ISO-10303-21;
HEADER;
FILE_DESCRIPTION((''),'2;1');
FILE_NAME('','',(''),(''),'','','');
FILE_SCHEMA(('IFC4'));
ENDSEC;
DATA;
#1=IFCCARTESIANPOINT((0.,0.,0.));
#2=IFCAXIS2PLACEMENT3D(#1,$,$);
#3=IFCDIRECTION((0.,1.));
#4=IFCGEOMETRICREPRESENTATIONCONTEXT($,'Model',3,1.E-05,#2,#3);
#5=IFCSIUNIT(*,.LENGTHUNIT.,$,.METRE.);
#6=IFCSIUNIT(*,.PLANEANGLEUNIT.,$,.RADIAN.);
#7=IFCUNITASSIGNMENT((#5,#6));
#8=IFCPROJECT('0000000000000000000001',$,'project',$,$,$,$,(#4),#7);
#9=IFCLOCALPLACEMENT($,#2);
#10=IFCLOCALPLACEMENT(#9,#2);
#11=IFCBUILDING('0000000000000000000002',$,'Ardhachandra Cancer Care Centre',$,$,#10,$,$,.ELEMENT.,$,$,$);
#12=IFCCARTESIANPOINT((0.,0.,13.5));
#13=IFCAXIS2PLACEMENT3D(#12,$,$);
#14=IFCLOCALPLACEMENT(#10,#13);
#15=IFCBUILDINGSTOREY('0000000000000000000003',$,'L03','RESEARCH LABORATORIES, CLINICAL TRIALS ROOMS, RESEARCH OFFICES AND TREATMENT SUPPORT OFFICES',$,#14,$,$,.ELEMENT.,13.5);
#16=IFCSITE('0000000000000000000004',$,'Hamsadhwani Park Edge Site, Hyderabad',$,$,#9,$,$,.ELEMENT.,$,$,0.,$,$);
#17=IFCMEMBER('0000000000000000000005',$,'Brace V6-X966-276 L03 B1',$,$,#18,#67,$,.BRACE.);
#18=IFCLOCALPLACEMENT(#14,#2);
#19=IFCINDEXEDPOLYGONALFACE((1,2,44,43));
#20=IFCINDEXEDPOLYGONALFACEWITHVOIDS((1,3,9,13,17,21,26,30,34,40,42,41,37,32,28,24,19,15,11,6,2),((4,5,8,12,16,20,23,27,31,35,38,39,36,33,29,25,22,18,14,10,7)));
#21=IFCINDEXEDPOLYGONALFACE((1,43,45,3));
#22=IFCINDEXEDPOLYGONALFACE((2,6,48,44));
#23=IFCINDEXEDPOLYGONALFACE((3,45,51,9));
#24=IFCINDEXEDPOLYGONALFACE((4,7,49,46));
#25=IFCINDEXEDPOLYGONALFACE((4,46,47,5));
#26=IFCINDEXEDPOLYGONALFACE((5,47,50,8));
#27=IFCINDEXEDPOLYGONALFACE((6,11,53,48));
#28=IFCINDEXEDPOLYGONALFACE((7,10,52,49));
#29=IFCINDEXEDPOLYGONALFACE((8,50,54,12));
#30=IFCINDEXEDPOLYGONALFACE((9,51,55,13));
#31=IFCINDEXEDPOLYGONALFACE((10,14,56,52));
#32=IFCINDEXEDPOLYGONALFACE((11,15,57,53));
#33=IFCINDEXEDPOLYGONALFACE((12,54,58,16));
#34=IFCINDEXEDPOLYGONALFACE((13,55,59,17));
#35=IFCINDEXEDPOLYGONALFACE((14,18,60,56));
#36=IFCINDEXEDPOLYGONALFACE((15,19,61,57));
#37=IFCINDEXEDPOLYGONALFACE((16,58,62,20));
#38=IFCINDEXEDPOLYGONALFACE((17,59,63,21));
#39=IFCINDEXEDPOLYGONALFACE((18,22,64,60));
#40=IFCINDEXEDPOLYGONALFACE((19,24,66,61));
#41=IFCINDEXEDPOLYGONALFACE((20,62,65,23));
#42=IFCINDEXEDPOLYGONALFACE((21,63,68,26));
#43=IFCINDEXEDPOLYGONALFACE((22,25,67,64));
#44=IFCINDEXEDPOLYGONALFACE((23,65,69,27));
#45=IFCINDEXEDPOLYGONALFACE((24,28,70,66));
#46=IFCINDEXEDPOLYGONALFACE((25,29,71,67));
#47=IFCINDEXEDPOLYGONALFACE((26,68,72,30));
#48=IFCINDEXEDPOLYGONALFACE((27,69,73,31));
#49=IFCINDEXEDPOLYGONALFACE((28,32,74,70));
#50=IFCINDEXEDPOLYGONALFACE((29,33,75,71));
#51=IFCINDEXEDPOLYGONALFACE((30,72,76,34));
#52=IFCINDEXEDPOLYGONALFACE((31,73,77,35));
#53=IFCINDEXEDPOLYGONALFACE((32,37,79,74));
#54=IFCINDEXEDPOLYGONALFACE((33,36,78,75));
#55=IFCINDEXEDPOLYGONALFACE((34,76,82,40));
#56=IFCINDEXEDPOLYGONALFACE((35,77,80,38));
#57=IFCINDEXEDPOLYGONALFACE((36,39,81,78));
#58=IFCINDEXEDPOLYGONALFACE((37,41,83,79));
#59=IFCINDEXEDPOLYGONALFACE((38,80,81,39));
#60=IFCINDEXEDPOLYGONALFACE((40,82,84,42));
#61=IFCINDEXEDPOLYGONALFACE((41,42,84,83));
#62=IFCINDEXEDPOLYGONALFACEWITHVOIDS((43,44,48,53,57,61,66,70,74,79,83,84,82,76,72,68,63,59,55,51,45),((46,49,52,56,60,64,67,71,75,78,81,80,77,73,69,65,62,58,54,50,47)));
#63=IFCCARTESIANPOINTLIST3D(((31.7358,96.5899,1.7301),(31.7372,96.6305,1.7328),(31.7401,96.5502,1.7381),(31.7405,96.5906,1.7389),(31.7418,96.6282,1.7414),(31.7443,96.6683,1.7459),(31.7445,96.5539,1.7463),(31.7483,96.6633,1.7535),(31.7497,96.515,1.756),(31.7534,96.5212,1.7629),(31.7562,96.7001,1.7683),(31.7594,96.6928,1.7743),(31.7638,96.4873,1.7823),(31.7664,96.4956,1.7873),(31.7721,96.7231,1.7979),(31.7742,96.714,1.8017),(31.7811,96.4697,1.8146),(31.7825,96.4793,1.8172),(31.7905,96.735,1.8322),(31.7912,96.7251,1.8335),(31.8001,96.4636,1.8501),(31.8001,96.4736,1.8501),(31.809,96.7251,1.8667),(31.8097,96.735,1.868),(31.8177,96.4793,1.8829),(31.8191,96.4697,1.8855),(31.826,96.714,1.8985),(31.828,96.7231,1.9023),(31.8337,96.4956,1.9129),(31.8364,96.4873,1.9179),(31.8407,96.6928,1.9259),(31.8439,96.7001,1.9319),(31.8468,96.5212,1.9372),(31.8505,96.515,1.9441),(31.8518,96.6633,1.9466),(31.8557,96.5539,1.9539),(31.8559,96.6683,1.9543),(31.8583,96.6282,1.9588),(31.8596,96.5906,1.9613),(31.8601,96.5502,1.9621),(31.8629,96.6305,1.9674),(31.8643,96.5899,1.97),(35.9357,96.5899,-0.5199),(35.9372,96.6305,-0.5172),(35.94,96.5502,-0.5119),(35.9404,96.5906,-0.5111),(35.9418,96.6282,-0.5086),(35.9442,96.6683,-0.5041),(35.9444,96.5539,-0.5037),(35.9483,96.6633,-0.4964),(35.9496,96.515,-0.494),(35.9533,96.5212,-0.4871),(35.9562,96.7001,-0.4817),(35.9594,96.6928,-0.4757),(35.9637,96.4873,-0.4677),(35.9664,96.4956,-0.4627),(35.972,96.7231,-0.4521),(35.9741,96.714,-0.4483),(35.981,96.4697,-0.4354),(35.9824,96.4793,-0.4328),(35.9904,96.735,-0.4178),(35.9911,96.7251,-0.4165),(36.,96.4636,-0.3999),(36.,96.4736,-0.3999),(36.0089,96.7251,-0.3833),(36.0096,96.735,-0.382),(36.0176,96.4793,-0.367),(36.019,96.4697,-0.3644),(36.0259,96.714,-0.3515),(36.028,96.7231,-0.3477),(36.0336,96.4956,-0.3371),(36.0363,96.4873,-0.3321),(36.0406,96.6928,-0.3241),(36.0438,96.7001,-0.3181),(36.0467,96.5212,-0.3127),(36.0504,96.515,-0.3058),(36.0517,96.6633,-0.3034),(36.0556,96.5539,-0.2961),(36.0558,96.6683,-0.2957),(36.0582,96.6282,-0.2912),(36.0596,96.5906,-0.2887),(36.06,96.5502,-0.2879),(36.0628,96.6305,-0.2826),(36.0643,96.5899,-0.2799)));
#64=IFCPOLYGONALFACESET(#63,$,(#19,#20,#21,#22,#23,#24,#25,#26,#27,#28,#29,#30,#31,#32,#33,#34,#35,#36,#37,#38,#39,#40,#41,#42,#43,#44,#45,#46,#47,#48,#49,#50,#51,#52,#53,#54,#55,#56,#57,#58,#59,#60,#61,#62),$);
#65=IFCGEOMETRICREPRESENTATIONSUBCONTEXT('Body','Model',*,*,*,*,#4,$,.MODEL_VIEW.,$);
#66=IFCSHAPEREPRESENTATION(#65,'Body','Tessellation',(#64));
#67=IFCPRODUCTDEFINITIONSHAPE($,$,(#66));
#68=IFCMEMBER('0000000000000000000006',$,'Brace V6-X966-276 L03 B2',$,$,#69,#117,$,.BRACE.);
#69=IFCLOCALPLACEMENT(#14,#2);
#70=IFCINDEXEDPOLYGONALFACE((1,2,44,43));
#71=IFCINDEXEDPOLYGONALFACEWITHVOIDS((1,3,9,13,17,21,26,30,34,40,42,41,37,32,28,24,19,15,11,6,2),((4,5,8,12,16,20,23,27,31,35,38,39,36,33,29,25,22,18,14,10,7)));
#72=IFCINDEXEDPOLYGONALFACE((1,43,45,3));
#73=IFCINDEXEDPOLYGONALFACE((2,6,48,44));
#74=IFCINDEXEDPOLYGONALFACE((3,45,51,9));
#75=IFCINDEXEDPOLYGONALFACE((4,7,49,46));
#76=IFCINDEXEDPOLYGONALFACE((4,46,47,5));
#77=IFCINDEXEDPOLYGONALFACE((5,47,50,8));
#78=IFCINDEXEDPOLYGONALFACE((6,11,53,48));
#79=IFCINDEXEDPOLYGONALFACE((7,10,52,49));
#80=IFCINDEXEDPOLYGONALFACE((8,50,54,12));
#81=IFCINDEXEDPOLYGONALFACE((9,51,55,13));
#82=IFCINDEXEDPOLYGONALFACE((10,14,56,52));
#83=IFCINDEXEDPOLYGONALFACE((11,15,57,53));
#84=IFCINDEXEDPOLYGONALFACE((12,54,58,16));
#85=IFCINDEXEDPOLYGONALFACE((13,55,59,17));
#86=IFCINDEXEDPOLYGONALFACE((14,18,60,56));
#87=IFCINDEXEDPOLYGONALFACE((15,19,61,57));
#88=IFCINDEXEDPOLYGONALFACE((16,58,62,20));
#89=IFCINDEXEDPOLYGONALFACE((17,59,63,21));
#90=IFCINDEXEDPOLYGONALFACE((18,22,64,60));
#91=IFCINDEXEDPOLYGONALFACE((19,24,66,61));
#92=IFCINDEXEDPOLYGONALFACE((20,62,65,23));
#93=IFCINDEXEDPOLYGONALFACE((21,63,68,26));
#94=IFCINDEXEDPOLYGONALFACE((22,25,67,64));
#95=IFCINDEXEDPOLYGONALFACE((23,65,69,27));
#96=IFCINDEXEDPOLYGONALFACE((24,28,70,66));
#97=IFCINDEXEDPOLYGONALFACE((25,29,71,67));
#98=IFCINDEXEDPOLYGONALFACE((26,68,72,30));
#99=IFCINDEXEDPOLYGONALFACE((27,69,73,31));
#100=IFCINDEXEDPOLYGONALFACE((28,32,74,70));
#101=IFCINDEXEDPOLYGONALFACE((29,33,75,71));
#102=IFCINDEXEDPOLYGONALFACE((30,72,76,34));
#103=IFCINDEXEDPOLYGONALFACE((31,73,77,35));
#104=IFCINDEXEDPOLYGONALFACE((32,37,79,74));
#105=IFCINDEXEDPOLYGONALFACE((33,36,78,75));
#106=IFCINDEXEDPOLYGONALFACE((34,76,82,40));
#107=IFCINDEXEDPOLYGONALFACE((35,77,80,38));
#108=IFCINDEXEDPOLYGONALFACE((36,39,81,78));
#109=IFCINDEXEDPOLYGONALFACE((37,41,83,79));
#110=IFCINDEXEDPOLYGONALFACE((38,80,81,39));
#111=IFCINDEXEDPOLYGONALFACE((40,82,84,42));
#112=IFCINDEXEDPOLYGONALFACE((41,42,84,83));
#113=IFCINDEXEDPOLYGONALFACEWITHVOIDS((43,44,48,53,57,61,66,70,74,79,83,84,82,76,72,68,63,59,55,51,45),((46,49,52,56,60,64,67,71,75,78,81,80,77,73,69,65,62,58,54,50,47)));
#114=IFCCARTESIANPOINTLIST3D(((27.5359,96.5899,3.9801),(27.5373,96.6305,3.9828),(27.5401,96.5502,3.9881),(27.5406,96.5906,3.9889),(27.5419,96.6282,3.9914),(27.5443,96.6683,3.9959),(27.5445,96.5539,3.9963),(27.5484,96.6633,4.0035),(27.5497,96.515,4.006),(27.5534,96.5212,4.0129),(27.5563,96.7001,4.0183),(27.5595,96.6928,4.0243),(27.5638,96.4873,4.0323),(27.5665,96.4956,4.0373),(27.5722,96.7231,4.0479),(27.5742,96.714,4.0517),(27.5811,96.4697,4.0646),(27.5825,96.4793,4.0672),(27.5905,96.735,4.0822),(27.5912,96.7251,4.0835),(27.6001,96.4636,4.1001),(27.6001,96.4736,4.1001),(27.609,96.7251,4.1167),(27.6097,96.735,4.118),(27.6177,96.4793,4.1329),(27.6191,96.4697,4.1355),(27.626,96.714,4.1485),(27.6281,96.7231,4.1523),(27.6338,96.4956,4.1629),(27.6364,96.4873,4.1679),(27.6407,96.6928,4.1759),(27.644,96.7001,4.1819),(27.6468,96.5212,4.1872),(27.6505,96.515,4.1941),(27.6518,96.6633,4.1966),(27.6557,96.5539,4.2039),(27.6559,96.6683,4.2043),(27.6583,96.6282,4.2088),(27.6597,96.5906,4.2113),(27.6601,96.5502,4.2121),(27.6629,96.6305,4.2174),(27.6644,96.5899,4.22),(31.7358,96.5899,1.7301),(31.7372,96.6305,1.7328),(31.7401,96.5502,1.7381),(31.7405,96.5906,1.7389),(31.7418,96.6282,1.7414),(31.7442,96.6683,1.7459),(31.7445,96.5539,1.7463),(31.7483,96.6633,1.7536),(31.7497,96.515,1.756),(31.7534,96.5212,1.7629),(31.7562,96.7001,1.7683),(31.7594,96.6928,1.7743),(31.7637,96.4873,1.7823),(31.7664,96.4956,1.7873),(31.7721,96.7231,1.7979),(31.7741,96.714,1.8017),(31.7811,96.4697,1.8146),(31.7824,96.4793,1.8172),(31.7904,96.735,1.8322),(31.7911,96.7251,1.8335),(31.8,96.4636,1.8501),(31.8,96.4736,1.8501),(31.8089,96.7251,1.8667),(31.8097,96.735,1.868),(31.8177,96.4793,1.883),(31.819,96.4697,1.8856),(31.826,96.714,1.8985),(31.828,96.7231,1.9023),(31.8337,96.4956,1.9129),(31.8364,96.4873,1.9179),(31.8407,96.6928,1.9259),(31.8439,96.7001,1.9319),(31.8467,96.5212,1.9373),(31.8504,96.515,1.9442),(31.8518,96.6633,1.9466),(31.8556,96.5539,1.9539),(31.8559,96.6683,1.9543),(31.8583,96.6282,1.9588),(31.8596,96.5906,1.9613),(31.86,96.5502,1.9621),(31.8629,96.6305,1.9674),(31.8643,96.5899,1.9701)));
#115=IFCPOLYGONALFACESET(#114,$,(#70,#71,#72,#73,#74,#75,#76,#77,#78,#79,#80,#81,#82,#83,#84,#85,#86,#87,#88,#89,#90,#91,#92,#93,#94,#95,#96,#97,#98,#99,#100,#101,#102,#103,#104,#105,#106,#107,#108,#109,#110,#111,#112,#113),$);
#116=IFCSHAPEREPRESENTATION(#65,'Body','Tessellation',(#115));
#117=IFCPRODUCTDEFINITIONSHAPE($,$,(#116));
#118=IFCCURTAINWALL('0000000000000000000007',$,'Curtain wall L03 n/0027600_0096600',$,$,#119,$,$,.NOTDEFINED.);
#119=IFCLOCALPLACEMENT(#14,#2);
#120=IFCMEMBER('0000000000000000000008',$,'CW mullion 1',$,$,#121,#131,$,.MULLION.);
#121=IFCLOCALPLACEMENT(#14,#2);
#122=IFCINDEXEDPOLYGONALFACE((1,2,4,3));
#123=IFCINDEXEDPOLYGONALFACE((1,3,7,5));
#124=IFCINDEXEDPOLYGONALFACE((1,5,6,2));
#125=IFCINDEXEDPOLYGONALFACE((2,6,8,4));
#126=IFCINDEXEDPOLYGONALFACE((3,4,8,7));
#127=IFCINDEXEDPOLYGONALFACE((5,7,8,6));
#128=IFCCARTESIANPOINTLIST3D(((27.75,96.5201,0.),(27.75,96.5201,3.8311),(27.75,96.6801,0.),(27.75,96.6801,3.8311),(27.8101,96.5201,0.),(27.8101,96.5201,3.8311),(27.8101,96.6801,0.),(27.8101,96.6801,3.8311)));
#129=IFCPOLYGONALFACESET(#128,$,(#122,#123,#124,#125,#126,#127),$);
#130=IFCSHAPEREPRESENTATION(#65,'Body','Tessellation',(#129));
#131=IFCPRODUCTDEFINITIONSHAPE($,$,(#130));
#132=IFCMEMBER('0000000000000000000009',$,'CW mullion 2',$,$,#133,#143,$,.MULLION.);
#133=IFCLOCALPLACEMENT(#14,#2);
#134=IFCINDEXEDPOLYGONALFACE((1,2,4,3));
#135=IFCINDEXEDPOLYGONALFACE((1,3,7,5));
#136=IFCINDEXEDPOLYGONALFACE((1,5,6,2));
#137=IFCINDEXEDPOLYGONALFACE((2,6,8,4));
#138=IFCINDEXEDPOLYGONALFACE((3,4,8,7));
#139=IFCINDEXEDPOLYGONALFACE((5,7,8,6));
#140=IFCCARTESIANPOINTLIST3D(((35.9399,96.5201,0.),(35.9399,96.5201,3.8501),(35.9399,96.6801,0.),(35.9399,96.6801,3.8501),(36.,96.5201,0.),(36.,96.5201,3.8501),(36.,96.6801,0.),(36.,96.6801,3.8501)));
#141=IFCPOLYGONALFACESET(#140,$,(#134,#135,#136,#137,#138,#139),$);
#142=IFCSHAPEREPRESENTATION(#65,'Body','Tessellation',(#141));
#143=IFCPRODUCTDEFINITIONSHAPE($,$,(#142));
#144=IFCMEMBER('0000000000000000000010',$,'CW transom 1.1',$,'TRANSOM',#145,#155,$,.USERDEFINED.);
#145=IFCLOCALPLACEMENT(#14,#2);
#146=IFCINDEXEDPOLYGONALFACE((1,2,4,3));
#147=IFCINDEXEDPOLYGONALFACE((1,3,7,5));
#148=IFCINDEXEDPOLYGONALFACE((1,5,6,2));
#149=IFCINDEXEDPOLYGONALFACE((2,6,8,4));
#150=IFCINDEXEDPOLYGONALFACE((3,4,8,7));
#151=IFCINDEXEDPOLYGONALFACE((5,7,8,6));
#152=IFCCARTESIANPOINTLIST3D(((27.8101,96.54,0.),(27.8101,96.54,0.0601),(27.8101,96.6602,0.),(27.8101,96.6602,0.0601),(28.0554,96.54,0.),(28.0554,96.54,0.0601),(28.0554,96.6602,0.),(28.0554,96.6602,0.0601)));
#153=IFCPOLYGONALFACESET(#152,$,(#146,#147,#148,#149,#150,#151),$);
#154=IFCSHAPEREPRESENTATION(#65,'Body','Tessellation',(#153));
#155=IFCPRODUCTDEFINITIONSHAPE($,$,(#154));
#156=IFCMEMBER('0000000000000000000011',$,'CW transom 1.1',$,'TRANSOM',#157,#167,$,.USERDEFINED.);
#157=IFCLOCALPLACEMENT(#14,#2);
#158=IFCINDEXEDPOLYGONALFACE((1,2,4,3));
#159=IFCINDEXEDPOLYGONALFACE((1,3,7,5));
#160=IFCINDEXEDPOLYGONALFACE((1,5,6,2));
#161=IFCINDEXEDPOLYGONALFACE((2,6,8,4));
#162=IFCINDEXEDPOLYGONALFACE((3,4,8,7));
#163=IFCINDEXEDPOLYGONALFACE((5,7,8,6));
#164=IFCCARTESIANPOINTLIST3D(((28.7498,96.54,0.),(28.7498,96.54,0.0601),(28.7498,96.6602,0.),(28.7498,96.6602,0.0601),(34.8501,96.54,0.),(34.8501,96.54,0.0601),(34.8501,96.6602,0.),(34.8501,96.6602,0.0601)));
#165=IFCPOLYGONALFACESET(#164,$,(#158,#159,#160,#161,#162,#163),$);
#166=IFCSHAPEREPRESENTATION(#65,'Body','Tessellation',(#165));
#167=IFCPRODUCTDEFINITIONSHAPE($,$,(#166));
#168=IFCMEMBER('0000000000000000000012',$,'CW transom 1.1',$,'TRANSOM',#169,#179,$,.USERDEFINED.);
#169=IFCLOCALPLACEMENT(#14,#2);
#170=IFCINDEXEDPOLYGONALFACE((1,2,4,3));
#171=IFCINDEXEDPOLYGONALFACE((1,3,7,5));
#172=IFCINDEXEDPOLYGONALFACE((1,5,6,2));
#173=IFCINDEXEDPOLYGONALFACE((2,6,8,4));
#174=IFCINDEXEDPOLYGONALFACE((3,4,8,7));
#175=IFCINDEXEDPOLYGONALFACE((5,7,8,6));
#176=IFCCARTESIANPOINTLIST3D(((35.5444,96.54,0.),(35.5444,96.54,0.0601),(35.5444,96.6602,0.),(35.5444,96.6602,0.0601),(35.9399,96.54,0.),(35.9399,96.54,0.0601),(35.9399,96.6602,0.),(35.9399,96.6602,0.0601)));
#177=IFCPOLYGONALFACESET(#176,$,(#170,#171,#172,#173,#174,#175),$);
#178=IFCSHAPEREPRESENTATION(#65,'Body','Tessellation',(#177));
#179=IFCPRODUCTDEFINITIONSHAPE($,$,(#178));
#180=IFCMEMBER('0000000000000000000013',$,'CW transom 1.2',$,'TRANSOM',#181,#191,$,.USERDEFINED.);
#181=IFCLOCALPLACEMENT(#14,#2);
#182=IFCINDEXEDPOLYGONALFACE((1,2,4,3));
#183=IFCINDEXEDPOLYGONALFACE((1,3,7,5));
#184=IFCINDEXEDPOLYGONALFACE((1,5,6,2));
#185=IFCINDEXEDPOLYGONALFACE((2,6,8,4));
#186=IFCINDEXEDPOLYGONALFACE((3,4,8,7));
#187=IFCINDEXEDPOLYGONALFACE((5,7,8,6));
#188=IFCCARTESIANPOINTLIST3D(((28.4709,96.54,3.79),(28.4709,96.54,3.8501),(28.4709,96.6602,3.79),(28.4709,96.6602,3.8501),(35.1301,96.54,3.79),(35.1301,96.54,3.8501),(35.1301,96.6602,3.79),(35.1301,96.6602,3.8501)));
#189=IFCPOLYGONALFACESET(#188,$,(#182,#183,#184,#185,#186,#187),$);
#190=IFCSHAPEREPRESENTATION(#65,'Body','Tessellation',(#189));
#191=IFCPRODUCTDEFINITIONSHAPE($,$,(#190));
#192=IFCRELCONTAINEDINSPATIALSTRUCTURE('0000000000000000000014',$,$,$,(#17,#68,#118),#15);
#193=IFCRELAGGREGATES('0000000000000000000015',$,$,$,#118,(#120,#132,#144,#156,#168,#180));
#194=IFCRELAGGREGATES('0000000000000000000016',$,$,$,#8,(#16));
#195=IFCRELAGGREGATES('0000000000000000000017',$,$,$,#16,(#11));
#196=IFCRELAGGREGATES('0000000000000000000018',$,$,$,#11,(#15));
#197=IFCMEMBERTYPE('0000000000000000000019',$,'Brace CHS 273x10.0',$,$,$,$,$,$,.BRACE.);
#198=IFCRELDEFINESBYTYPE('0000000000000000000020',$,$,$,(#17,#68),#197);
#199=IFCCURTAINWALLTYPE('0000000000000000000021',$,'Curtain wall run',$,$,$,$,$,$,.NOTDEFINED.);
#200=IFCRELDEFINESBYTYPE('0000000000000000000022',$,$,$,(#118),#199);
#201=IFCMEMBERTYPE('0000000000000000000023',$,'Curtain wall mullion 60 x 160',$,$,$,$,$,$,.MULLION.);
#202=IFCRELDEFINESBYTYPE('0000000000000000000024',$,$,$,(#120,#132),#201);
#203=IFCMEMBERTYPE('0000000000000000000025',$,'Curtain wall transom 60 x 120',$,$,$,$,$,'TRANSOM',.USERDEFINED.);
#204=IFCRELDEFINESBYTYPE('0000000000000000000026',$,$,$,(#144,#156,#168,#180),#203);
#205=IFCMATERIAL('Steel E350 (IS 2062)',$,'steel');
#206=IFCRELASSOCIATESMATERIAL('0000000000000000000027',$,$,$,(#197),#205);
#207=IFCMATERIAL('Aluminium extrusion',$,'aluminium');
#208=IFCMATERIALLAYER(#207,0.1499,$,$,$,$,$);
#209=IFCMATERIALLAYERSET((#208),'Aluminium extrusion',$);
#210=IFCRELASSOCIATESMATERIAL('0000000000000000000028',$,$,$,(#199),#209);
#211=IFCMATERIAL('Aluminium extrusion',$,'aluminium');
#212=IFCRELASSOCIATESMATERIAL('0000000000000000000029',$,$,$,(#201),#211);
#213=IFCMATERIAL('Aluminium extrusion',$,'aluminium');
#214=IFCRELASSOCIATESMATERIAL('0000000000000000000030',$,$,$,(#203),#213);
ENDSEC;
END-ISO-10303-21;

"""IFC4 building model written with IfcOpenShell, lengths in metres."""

from ifc_helpers import new_model, si_unit, direction, frame, origin, origin_2d, place, context, subcontext, project, spatial, rectangle, hollow_circle, extrude, material, layer, layer_set, material_profile, profile_set, type_object, element, aggregate, save


model = new_model("IFC4")

# Units and contexts
model_context = context("Model", 3, precision=1e-05, world=origin(), true_north=direction((0.0, 1.0)))
body_context = subcontext(model_context, "Body", "Model", "MODEL_VIEW")
ifc_project = project(units=[si_unit("LENGTHUNIT", "METRE"), si_unit("PLANEANGLEUNIT", "RADIAN")], contexts=[model_context])

# Site, building, storey
site_placement = place(None, origin())
site = spatial("IfcSite", under=ifc_project, at=site_placement, Name="Hamsadhwani Park Edge Site, Hyderabad", CompositionType="ELEMENT", RefElevation=0.0)
building_placement = place(site_placement, origin())
building = spatial("IfcBuilding", under=site, at=building_placement, Name="Ardhachandra Cancer Care Centre", CompositionType="ELEMENT")
storey_placement = place(building_placement, frame((0.0, 0.0, 13.5)))
storey = spatial("IfcBuildingStorey", under=building, at=storey_placement, Name="L03", Description="RESEARCH LABORATORIES, CLINICAL TRIALS ROOMS, RESEARCH OFFICES AND TREATMENT SUPPORT OFFICES", CompositionType="ELEMENT", Elevation=13.5)

# Members
ifc_material_1 = material(Name="Steel E350 (IS 2062)", Category="steel")
ifc_material_profile_1 = material_profile(ifc_material_1, hollow_circle(Radius=0.1365, WallThickness=0.01, at=origin_2d()), Name="CHS 273x10.0")
ifc_profile_set_1 = profile_set([ifc_material_profile_1], Name="Steel E350 (IS 2062)")
member_type_1 = type_object("IfcMemberType", Name="Brace CHS 273x10.0", PredefinedType="BRACE", material=ifc_profile_set_1)
for number, where, z_axis, x_axis, name in (
    (1, (36.0, 96.6001, -0.3999), (-0.881478, 0.0, 0.472226), (0.0, -1.0, 0.0), "Brace V6-X966-276 L03 B1"),
    (2, (31.8, 96.6001, 1.8501), (-0.881478, 0.0, 0.472226), (0.0, -1.0, 0.0), "Brace V6-X966-276 L03 B2"),
):
    element("IfcMember", number, at=place(storey_placement, frame(where, z_axis=z_axis, x_axis=x_axis)), inside=storey, type_object=member_type_1, Name=name, PredefinedType="BRACE", context=body_context, shape_type="SweptSolid", body=[
        extrude(hollow_circle(Radius=0.1365, WallThickness=0.01, at=origin_2d()), origin(), (0.0, 0.0, 1.0), 4.7646),
    ])

# Curtain wall, members
ifc_material_2 = material(Name="Aluminium extrusion", Category="aluminium")
ifc_layer_1 = layer(ifc_material_2, 0.1499)
ifc_layer_set_1 = layer_set([ifc_layer_1], Name="Aluminium extrusion")
curtain_wall_type = type_object("IfcCurtainWallType", Name="Curtain wall run", PredefinedType="NOTDEFINED", material=ifc_layer_set_1)
curtain_wall_placement = place(storey_placement, origin())
curtain_wall = element("IfcCurtainWall", 3, at=curtain_wall_placement, inside=storey, type_object=curtain_wall_type, Name="Curtain wall L03 n/0027600_0096600", PredefinedType="NOTDEFINED")
ifc_material_3 = material(Name="Aluminium extrusion", Category="aluminium")
ifc_material_profile_2 = material_profile(ifc_material_3, rectangle(XDim=0.1599, YDim=0.0601, at=origin_2d()), Name="Curtain wall mullion 60 x 160")
ifc_profile_set_2 = profile_set([ifc_material_profile_2], Name="Aluminium extrusion")
member_type_2 = type_object("IfcMemberType", Name="Curtain wall mullion 60 x 160", PredefinedType="MULLION", material=ifc_profile_set_2)
member_1_placement = place(storey_placement, frame((27.78, 96.6001, 0.0), z_axis=(0.0, 0.0, 1.0), x_axis=(0.0, 1.0, 0.0)))
member_1 = element("IfcMember", 4, at=member_1_placement, type_object=member_type_2, Name="CW mullion 1", PredefinedType="MULLION", context=body_context, shape_type="SweptSolid", body=[
    extrude(rectangle(XDim=0.1599, YDim=0.0601, at=origin_2d()), origin(), (0.0, 0.0, 1.0), 3.8311),
])
member_2_placement = place(storey_placement, frame((35.97, 96.6001, 0.0), z_axis=(0.0, 0.0, 1.0), x_axis=(0.0, 1.0, 0.0)))
member_2 = element("IfcMember", 5, at=member_2_placement, type_object=member_type_2, Name="CW mullion 2", PredefinedType="MULLION", context=body_context, shape_type="SweptSolid", body=[
    extrude(rectangle(XDim=0.1599, YDim=0.0601, at=origin_2d()), origin(), (0.0, 0.0, 1.0), 3.8501),
])
ifc_material_4 = material(Name="Aluminium extrusion", Category="aluminium")
ifc_material_profile_3 = material_profile(ifc_material_4, rectangle(XDim=0.1201, YDim=0.0601, at=origin_2d()), Name="Curtain wall transom 60 x 120")
ifc_profile_set_3 = profile_set([ifc_material_profile_3], Name="Aluminium extrusion")
member_type_3 = type_object("IfcMemberType", Name="Curtain wall transom 60 x 120", ElementType="TRANSOM", PredefinedType="USERDEFINED", material=ifc_profile_set_3)
member_3_placement = place(storey_placement, frame((27.8101, 96.6001, 0.03), z_axis=(1.0, 0.0, 0.0), x_axis=(0.0, 1.0, 0.0)))
member_3 = element("IfcMember", 6, at=member_3_placement, type_object=member_type_3, Name="CW transom 1.1", ObjectType="TRANSOM", PredefinedType="USERDEFINED", context=body_context, shape_type="SweptSolid", body=[
    extrude(rectangle(XDim=0.1201, YDim=0.0601, at=origin_2d()), origin(), (0.0, 0.0, 1.0), 0.2454),
])
member_4_placement = place(storey_placement, frame((28.7498, 96.6001, 0.03), z_axis=(1.0, 0.0, 0.0), x_axis=(0.0, 1.0, 0.0)))
member_4 = element("IfcMember", 7, at=member_4_placement, type_object=member_type_3, Name="CW transom 1.1", ObjectType="TRANSOM", PredefinedType="USERDEFINED", context=body_context, shape_type="SweptSolid", body=[
    extrude(rectangle(XDim=0.1201, YDim=0.0601, at=origin_2d()), origin(), (0.0, 0.0, 1.0), 6.1003),
])
member_5_placement = place(storey_placement, frame((35.5444, 96.6001, 0.03), z_axis=(1.0, 0.0, 0.0), x_axis=(0.0, 1.0, 0.0)))
member_5 = element("IfcMember", 8, at=member_5_placement, type_object=member_type_3, Name="CW transom 1.1", ObjectType="TRANSOM", PredefinedType="USERDEFINED", context=body_context, shape_type="SweptSolid", body=[
    extrude(rectangle(XDim=0.1201, YDim=0.0601, at=origin_2d()), origin(), (0.0, 0.0, 1.0), 0.3955),
])
member_6_placement = place(storey_placement, frame((28.4709, 96.6001, 3.8201), z_axis=(1.0, 0.0, 0.0), x_axis=(0.0, 1.0, 0.0)))
member_6 = element("IfcMember", 9, at=member_6_placement, type_object=member_type_3, Name="CW transom 1.2", ObjectType="TRANSOM", PredefinedType="USERDEFINED", context=body_context, shape_type="SweptSolid", body=[
    extrude(rectangle(XDim=0.1201, YDim=0.0601, at=origin_2d()), origin(), (0.0, 0.0, 1.0), 6.6592),
])
aggregate(curtain_wall, [member_1, member_2, member_3, member_4, member_5, member_6])

save(model, "model.ifc")
